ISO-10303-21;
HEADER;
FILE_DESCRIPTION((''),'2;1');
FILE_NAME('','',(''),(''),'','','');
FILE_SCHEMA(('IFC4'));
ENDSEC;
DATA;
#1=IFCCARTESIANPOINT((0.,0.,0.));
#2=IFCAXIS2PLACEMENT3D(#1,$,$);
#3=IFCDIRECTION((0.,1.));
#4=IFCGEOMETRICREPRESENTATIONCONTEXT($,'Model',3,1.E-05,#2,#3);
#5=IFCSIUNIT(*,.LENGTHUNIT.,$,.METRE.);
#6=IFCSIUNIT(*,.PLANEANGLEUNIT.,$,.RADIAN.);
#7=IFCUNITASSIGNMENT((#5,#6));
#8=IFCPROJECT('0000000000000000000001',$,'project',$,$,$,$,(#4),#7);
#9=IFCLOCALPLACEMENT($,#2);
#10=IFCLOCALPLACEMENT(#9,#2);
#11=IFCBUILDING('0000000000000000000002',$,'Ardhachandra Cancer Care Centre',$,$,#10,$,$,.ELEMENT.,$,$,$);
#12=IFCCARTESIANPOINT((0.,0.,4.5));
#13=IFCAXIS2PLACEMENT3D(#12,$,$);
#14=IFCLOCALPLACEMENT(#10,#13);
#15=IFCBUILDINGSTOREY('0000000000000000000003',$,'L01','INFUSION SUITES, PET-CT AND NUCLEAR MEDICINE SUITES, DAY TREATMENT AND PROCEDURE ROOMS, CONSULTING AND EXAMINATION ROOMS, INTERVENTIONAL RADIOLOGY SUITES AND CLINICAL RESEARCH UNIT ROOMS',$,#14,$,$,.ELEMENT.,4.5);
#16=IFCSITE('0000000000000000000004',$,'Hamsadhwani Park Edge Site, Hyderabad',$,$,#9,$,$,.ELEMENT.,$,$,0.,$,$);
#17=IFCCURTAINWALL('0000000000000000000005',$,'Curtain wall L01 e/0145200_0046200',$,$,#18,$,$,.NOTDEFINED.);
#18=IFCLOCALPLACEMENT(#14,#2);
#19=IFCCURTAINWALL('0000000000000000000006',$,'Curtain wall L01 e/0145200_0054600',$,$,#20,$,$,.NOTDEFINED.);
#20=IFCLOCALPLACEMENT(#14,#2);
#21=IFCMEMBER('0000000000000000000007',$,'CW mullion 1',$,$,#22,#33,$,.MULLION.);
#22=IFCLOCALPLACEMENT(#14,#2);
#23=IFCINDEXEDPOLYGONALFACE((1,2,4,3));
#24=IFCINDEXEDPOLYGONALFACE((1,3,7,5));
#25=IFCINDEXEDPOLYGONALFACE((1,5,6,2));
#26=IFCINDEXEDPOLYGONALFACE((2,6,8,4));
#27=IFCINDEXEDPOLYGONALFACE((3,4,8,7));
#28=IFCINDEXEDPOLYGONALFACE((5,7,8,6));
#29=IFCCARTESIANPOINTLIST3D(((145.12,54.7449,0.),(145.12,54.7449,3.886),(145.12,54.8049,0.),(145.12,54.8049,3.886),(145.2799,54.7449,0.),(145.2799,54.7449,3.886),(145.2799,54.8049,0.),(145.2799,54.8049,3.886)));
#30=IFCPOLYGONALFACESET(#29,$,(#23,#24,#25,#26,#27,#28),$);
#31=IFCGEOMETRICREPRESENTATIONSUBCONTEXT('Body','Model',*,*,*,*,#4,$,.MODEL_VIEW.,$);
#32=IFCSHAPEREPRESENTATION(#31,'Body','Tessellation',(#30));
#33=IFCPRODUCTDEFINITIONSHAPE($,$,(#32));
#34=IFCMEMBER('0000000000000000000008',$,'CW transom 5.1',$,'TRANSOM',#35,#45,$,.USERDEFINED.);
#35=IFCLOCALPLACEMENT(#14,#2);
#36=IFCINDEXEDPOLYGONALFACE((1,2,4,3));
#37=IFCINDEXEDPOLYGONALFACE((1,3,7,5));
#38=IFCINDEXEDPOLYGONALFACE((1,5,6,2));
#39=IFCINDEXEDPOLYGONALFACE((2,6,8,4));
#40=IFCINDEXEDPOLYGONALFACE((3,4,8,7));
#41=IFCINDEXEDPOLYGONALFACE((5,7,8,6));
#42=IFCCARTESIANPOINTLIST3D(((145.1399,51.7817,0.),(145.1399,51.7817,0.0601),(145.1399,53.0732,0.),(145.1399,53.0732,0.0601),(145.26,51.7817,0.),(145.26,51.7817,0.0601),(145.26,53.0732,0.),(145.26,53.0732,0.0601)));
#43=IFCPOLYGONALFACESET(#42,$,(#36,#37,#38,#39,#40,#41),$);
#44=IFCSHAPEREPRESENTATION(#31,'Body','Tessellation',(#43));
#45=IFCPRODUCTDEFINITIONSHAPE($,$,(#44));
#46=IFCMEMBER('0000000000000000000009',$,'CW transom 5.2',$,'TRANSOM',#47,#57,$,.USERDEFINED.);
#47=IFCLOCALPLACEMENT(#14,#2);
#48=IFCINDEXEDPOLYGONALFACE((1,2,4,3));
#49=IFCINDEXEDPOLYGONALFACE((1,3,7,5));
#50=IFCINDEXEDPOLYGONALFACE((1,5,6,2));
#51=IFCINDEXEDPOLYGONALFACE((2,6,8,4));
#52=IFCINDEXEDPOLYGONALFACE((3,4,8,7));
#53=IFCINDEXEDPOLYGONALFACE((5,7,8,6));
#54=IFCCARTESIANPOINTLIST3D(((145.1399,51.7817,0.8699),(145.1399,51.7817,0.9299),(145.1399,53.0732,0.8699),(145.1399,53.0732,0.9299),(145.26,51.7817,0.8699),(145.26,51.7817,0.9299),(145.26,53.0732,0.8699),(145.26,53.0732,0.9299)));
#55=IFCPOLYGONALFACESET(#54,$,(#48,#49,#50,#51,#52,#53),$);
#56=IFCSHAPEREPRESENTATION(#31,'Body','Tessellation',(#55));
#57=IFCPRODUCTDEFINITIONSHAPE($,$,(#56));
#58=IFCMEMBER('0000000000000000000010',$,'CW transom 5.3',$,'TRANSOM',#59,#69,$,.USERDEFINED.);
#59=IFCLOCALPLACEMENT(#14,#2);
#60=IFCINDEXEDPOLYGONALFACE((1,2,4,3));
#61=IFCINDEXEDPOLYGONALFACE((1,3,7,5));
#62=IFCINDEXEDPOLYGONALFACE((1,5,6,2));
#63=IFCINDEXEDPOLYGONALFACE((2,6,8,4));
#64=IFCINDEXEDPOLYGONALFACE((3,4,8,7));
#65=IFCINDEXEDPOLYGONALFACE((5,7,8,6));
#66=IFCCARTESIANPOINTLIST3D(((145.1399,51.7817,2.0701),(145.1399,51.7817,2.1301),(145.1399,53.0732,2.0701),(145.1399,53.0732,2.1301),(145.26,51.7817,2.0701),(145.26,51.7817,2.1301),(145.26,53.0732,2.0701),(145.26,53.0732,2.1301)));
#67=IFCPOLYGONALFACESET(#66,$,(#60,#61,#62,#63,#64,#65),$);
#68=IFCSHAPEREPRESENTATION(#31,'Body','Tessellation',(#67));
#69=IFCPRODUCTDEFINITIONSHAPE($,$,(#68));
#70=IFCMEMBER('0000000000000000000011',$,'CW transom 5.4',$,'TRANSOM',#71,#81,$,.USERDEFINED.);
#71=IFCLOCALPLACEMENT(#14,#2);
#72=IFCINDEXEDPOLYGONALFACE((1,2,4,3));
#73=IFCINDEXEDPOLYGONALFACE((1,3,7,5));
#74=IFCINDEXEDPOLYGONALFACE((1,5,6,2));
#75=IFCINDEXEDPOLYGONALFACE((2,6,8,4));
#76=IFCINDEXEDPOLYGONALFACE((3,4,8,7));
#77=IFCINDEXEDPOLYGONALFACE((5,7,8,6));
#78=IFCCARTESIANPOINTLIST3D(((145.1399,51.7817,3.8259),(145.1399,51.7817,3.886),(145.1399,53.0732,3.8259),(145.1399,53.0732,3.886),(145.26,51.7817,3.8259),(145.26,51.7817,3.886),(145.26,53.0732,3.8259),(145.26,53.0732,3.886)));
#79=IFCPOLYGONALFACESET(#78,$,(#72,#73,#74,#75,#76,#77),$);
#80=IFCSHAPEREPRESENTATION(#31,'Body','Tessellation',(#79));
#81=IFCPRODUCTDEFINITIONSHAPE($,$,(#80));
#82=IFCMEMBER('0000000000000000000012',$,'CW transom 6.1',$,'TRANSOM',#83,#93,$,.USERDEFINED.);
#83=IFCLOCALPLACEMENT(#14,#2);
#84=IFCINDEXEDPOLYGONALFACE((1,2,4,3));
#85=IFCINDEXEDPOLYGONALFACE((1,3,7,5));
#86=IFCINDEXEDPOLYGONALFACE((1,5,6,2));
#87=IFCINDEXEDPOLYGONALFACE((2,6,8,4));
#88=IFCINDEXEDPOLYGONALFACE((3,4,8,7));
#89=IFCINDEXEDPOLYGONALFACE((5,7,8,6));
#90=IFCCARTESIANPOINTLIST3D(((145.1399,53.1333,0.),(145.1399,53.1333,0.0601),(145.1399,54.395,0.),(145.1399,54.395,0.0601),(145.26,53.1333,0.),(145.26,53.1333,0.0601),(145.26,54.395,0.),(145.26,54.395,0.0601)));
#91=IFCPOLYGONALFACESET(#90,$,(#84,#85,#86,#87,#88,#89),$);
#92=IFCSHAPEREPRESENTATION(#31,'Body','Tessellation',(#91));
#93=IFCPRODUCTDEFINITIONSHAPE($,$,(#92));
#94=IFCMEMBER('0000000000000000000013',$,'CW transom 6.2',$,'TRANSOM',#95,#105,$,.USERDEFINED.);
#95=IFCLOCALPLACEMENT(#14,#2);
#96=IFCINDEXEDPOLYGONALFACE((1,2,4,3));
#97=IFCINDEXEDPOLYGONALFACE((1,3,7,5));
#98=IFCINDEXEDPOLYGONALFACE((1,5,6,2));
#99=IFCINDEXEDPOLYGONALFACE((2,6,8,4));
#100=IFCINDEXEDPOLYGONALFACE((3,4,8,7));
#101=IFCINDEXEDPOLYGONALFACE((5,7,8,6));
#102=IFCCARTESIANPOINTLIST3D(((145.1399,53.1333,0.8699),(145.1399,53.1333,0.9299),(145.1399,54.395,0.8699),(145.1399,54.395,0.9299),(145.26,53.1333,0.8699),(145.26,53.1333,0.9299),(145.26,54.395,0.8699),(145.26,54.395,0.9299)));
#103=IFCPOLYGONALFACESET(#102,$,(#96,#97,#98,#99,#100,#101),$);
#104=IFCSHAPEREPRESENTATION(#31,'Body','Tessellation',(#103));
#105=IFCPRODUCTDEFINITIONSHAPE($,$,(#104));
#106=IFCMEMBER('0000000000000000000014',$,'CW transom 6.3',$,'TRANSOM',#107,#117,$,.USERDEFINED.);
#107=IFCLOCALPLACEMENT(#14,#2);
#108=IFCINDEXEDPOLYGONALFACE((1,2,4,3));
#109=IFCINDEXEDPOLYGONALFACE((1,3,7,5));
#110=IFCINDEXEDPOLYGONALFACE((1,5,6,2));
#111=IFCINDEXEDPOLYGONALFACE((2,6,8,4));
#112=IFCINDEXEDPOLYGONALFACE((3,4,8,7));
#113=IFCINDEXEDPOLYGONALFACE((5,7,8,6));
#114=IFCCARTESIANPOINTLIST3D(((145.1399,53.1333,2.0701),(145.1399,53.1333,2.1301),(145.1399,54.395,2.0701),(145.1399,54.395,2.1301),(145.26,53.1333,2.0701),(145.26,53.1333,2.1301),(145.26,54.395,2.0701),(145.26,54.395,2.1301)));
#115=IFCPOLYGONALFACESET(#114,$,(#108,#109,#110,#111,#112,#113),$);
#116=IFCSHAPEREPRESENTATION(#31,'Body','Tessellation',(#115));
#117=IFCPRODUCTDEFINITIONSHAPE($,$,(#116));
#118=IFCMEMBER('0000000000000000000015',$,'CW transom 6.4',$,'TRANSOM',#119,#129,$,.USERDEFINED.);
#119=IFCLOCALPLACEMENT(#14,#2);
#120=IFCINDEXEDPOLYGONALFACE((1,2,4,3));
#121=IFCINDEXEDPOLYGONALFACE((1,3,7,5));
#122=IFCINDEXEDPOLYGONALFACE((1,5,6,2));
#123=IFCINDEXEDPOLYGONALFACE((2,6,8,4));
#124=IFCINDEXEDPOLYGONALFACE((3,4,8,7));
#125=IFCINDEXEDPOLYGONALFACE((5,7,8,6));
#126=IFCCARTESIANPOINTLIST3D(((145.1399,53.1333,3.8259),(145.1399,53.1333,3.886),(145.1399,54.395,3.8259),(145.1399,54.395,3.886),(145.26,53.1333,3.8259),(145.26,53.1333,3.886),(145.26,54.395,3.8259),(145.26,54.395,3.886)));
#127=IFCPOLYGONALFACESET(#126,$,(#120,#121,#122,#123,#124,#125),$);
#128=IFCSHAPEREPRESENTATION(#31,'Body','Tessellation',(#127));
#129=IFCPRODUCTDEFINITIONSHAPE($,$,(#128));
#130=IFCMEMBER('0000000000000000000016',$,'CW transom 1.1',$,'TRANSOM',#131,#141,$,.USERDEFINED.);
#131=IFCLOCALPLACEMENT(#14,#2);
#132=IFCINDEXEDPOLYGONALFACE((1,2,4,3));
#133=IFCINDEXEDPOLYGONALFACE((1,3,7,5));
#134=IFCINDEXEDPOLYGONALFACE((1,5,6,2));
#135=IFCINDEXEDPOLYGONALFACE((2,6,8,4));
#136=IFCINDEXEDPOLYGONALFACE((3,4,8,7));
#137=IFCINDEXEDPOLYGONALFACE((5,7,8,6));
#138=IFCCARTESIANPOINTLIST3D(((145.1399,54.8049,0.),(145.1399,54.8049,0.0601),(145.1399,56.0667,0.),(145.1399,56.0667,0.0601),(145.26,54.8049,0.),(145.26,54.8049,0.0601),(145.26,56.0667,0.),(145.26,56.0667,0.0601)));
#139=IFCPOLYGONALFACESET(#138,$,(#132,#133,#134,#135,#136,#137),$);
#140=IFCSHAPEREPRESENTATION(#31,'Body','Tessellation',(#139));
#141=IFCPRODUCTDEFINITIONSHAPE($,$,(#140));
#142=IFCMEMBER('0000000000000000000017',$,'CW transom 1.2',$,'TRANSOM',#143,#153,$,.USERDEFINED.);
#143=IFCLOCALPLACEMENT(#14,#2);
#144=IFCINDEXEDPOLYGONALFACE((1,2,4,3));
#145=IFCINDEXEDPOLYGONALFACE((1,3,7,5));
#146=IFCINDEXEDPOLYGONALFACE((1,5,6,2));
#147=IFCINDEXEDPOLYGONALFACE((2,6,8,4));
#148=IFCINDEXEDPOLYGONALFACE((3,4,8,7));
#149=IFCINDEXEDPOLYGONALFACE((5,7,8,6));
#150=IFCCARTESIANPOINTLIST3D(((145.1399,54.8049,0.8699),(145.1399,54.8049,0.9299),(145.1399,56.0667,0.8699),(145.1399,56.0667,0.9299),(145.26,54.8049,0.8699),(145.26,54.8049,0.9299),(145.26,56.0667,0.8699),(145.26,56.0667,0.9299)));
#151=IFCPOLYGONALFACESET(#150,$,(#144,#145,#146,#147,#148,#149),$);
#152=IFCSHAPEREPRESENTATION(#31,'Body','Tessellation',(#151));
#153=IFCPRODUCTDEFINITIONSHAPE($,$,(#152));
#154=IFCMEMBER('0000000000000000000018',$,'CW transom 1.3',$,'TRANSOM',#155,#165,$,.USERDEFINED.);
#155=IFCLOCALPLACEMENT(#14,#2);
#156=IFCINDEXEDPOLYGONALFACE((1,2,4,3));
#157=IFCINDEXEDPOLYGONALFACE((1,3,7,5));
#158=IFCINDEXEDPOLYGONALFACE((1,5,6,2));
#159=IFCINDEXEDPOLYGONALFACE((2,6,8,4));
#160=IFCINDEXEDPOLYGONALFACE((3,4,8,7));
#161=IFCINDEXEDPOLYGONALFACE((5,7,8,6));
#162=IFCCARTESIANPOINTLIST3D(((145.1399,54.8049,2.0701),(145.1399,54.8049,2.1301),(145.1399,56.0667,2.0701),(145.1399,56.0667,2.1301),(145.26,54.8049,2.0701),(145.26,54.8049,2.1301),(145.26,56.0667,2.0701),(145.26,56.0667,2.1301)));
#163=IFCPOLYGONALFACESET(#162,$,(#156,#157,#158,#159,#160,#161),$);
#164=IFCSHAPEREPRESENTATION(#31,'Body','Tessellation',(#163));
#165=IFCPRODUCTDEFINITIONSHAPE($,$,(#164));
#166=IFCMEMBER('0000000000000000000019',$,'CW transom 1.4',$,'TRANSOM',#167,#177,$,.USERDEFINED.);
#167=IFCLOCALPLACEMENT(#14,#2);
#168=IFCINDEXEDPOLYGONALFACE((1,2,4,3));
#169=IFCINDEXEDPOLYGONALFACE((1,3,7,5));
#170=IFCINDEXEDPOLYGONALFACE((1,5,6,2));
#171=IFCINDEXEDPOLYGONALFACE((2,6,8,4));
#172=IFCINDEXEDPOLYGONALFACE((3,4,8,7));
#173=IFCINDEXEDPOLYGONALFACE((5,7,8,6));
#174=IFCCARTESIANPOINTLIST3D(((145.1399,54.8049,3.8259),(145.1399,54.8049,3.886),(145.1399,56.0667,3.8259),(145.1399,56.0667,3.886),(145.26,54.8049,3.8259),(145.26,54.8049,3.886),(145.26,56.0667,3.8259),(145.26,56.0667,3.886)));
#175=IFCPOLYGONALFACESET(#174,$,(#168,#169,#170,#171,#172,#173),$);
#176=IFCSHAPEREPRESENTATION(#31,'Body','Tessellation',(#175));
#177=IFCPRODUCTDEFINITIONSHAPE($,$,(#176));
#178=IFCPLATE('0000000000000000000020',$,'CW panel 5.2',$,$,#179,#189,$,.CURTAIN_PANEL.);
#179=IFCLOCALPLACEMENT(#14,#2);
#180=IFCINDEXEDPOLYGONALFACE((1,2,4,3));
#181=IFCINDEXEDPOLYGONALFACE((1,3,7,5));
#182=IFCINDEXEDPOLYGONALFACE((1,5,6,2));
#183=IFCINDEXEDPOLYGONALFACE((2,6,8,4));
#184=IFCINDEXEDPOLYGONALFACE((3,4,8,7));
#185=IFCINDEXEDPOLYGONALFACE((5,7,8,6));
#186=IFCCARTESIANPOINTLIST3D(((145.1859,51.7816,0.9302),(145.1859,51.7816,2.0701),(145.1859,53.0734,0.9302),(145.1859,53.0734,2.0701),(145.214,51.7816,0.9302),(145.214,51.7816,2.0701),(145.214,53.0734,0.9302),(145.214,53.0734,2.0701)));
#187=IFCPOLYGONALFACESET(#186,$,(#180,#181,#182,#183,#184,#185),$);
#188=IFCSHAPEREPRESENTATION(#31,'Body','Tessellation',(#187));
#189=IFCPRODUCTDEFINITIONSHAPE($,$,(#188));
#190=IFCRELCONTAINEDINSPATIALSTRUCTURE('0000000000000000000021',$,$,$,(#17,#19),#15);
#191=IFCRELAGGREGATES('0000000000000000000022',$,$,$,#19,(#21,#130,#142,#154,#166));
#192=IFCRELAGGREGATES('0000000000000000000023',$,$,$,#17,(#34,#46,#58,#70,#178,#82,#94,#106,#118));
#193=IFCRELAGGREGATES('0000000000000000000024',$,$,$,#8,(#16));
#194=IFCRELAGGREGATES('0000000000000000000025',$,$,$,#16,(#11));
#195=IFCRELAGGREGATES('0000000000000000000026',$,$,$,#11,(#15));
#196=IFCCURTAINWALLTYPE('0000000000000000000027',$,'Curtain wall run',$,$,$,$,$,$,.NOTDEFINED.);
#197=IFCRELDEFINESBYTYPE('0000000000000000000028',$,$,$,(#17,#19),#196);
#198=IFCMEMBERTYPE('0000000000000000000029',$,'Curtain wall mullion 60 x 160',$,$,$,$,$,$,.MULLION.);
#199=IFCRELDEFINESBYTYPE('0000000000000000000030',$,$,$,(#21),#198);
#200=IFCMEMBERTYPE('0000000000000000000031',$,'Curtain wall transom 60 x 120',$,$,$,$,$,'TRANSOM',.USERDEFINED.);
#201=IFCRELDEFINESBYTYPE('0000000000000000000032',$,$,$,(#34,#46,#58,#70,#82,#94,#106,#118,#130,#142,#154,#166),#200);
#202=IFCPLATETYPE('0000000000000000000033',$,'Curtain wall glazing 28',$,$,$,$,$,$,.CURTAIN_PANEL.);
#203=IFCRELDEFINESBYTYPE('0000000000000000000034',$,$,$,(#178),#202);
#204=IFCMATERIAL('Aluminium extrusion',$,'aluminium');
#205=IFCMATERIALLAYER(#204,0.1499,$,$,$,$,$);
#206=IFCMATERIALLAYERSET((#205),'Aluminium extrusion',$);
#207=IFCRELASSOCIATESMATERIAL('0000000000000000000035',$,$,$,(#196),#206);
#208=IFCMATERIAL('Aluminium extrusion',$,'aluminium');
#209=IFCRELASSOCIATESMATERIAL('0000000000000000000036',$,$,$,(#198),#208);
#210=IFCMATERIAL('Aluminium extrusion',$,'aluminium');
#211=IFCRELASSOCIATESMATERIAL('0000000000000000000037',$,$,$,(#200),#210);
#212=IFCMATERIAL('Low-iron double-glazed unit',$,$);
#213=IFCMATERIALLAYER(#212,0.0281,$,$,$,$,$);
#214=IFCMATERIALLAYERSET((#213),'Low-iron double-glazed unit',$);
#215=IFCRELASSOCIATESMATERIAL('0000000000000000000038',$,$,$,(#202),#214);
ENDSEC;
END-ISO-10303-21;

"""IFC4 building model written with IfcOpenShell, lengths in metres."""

from ifc_helpers import new_model, si_unit, direction, frame, origin, origin_2d, place, context, subcontext, project, spatial, rectangle, extrude, material, layer, layer_set, material_profile, profile_set, type_object, element, aggregate, save


model = new_model("IFC4")

# Units and contexts
model_context = context("Model", 3, precision=1e-05, world=origin(), true_north=direction((0.0, 1.0)))
body_context = subcontext(model_context, "Body", "Model", "MODEL_VIEW")
ifc_project = project(units=[si_unit("LENGTHUNIT", "METRE"), si_unit("PLANEANGLEUNIT", "RADIAN")], contexts=[model_context])

# Site, building, storey
site_placement = place(None, origin())
site = spatial("IfcSite", under=ifc_project, at=site_placement, Name="Hamsadhwani Park Edge Site, Hyderabad", CompositionType="ELEMENT", RefElevation=0.0)
building_placement = place(site_placement, origin())
building = spatial("IfcBuilding", under=site, at=building_placement, Name="Ardhachandra Cancer Care Centre", CompositionType="ELEMENT")
storey_placement = place(building_placement, frame((0.0, 0.0, 4.5)))
storey = spatial("IfcBuildingStorey", under=building, at=storey_placement, Name="L01", Description="INFUSION SUITES, PET-CT AND NUCLEAR MEDICINE SUITES, DAY TREATMENT AND PROCEDURE ROOMS, CONSULTING AND EXAMINATION ROOMS, INTERVENTIONAL RADIOLOGY SUITES AND CLINICAL RESEARCH UNIT ROOMS", CompositionType="ELEMENT", Elevation=4.5)

# Curtain wall
ifc_material_1 = material(Name="Aluminium extrusion", Category="aluminium")
ifc_layer_1 = layer(ifc_material_1, 0.1499)
ifc_layer_set_1 = layer_set([ifc_layer_1], Name="Aluminium extrusion")
curtain_wall_type = type_object("IfcCurtainWallType", Name="Curtain wall run", PredefinedType="NOTDEFINED", material=ifc_layer_set_1)
curtain_wall_1_placement = place(storey_placement, origin())
curtain_wall_1 = element("IfcCurtainWall", 1, at=curtain_wall_1_placement, inside=storey, type_object=curtain_wall_type, Name="Curtain wall L01 e/0145200_0046200", PredefinedType="NOTDEFINED")
ifc_material_2 = material(Name="Aluminium extrusion", Category="aluminium")
ifc_material_profile_1 = material_profile(ifc_material_2, rectangle(XDim=0.1599, YDim=0.0601, at=origin_2d()), Name="Curtain wall mullion 60 x 160")
ifc_profile_set_1 = profile_set([ifc_material_profile_1], Name="Aluminium extrusion")
member_type_1 = type_object("IfcMemberType", Name="Curtain wall mullion 60 x 160", PredefinedType="MULLION", material=ifc_profile_set_1)

# Curtain wall, member
curtain_wall_2_placement = place(storey_placement, origin())
curtain_wall_2 = element("IfcCurtainWall", 2, at=curtain_wall_2_placement, inside=storey, type_object=curtain_wall_type, Name="Curtain wall L01 e/0145200_0054600", PredefinedType="NOTDEFINED")
member_1_placement = place(storey_placement, frame((145.2, 54.7749, 0.0), z_axis=(0.0, 0.0, 1.0), x_axis=(-1.0, 0.0, 0.0)))
member_1 = element("IfcMember", 3, at=member_1_placement, type_object=member_type_1, Name="CW mullion 1", PredefinedType="MULLION", context=body_context, shape_type="SweptSolid", body=[
    extrude(rectangle(XDim=0.1599, YDim=0.0601, at=origin_2d()), origin(), (0.0, 0.0, 1.0), 3.886),
])

# Members
ifc_material_3 = material(Name="Aluminium extrusion", Category="aluminium")
ifc_material_profile_2 = material_profile(ifc_material_3, rectangle(XDim=0.1201, YDim=0.0601, at=origin_2d()), Name="Curtain wall transom 60 x 120")
ifc_profile_set_2 = profile_set([ifc_material_profile_2], Name="Aluminium extrusion")
member_type_2 = type_object("IfcMemberType", Name="Curtain wall transom 60 x 120", ElementType="TRANSOM", PredefinedType="USERDEFINED", material=ifc_profile_set_2)
member_2_placement = place(storey_placement, frame((145.2, 51.7817, 0.03), z_axis=(0.0, 1.0, 0.0), x_axis=(-1.0, 0.0, 0.0)))
member_2 = element("IfcMember", 4, at=member_2_placement, type_object=member_type_2, Name="CW transom 5.1", ObjectType="TRANSOM", PredefinedType="USERDEFINED", context=body_context, shape_type="SweptSolid", body=[
    extrude(rectangle(XDim=0.1201, YDim=0.0601, at=origin_2d()), origin(), (0.0, 0.0, 1.0), 1.2915),
])
member_3_placement = place(storey_placement, frame((145.2, 51.7817, 0.8999), z_axis=(0.0, 1.0, 0.0), x_axis=(-1.0, 0.0, 0.0)))
member_3 = element("IfcMember", 5, at=member_3_placement, type_object=member_type_2, Name="CW transom 5.2", ObjectType="TRANSOM", PredefinedType="USERDEFINED", context=body_context, shape_type="SweptSolid", body=[
    extrude(rectangle(XDim=0.1201, YDim=0.0601, at=origin_2d()), origin(), (0.0, 0.0, 1.0), 1.2915),
])
member_4_placement = place(storey_placement, frame((145.2, 51.7817, 2.1001), z_axis=(0.0, 1.0, 0.0), x_axis=(-1.0, 0.0, 0.0)))
member_4 = element("IfcMember", 6, at=member_4_placement, type_object=member_type_2, Name="CW transom 5.3", ObjectType="TRANSOM", PredefinedType="USERDEFINED", context=body_context, shape_type="SweptSolid", body=[
    extrude(rectangle(XDim=0.1201, YDim=0.0601, at=origin_2d()), origin(), (0.0, 0.0, 1.0), 1.2915),
])
member_5_placement = place(storey_placement, frame((145.2, 51.7817, 3.856), z_axis=(0.0, 1.0, 0.0), x_axis=(-1.0, 0.0, 0.0)))
member_5 = element("IfcMember", 7, at=member_5_placement, type_object=member_type_2, Name="CW transom 5.4", ObjectType="TRANSOM", PredefinedType="USERDEFINED", context=body_context, shape_type="SweptSolid", body=[
    extrude(rectangle(XDim=0.1201, YDim=0.0601, at=origin_2d()), origin(), (0.0, 0.0, 1.0), 1.2915),
])
member_6_placement = place(storey_placement, frame((145.2, 53.1333, 0.03), z_axis=(0.0, 1.0, 0.0), x_axis=(-1.0, 0.0, 0.0)))
member_6 = element("IfcMember", 8, at=member_6_placement, type_object=member_type_2, Name="CW transom 6.1", ObjectType="TRANSOM", PredefinedType="USERDEFINED", context=body_context, shape_type="SweptSolid", body=[
    extrude(rectangle(XDim=0.1201, YDim=0.0601, at=origin_2d()), origin(), (0.0, 0.0, 1.0), 1.2617),
])
member_7_placement = place(storey_placement, frame((145.2, 53.1333, 0.8999), z_axis=(0.0, 1.0, 0.0), x_axis=(-1.0, 0.0, 0.0)))
member_7 = element("IfcMember", 9, at=member_7_placement, type_object=member_type_2, Name="CW transom 6.2", ObjectType="TRANSOM", PredefinedType="USERDEFINED", context=body_context, shape_type="SweptSolid", body=[
    extrude(rectangle(XDim=0.1201, YDim=0.0601, at=origin_2d()), origin(), (0.0, 0.0, 1.0), 1.2617),
])
member_8_placement = place(storey_placement, frame((145.2, 53.1333, 2.1001), z_axis=(0.0, 1.0, 0.0), x_axis=(-1.0, 0.0, 0.0)))
member_8 = element("IfcMember", 10, at=member_8_placement, type_object=member_type_2, Name="CW transom 6.3", ObjectType="TRANSOM", PredefinedType="USERDEFINED", context=body_context, shape_type="SweptSolid", body=[
    extrude(rectangle(XDim=0.1201, YDim=0.0601, at=origin_2d()), origin(), (0.0, 0.0, 1.0), 1.2617),
])
member_9_placement = place(storey_placement, frame((145.2, 53.1333, 3.856), z_axis=(0.0, 1.0, 0.0), x_axis=(-1.0, 0.0, 0.0)))
member_9 = element("IfcMember", 11, at=member_9_placement, type_object=member_type_2, Name="CW transom 6.4", ObjectType="TRANSOM", PredefinedType="USERDEFINED", context=body_context, shape_type="SweptSolid", body=[
    extrude(rectangle(XDim=0.1201, YDim=0.0601, at=origin_2d()), origin(), (0.0, 0.0, 1.0), 1.2617),
])
member_10_placement = place(storey_placement, frame((145.2, 54.8049, 0.03), z_axis=(0.0, 1.0, 0.0), x_axis=(-1.0, 0.0, 0.0)))
member_10 = element("IfcMember", 12, at=member_10_placement, type_object=member_type_2, Name="CW transom 1.1", ObjectType="TRANSOM", PredefinedType="USERDEFINED", context=body_context, shape_type="SweptSolid", body=[
    extrude(rectangle(XDim=0.1201, YDim=0.0601, at=origin_2d()), origin(), (0.0, 0.0, 1.0), 1.2617),
])
member_11_placement = place(storey_placement, frame((145.2, 54.8049, 0.8999), z_axis=(0.0, 1.0, 0.0), x_axis=(-1.0, 0.0, 0.0)))
member_11 = element("IfcMember", 13, at=member_11_placement, type_object=member_type_2, Name="CW transom 1.2", ObjectType="TRANSOM", PredefinedType="USERDEFINED", context=body_context, shape_type="SweptSolid", body=[
    extrude(rectangle(XDim=0.1201, YDim=0.0601, at=origin_2d()), origin(), (0.0, 0.0, 1.0), 1.2617),
])
member_12_placement = place(storey_placement, frame((145.2, 54.8049, 2.1001), z_axis=(0.0, 1.0, 0.0), x_axis=(-1.0, 0.0, 0.0)))
member_12 = element("IfcMember", 14, at=member_12_placement, type_object=member_type_2, Name="CW transom 1.3", ObjectType="TRANSOM", PredefinedType="USERDEFINED", context=body_context, shape_type="SweptSolid", body=[
    extrude(rectangle(XDim=0.1201, YDim=0.0601, at=origin_2d()), origin(), (0.0, 0.0, 1.0), 1.2617),
])
member_13_placement = place(storey_placement, frame((145.2, 54.8049, 3.856), z_axis=(0.0, 1.0, 0.0), x_axis=(-1.0, 0.0, 0.0)))
member_13 = element("IfcMember", 15, at=member_13_placement, type_object=member_type_2, Name="CW transom 1.4", ObjectType="TRANSOM", PredefinedType="USERDEFINED", context=body_context, shape_type="SweptSolid", body=[
    extrude(rectangle(XDim=0.1201, YDim=0.0601, at=origin_2d()), origin(), (0.0, 0.0, 1.0), 1.2617),
])
aggregate(curtain_wall_2, [member_1, member_10, member_11, member_12, member_13])

# Plate
ifc_material_4 = material(Name="Low-iron double-glazed unit")
ifc_layer_2 = layer(ifc_material_4, 0.0281)
ifc_layer_set_2 = layer_set([ifc_layer_2], Name="Low-iron double-glazed unit")
plate_type_1 = type_object("IfcPlateType", Name="Curtain wall glazing 28", PredefinedType="CURTAIN_PANEL", material=ifc_layer_set_2)
plate_1_placement = place(storey_placement, frame((145.2, 52.4275, 0.9302), z_axis=(0.0, 0.0, 1.0), x_axis=(0.0, 1.0, 0.0)))
plate_1 = element("IfcPlate", 16, at=plate_1_placement, type_object=plate_type_1, Name="CW panel 5.2", PredefinedType="CURTAIN_PANEL", context=body_context, shape_type="SweptSolid", body=[
    extrude(rectangle(XDim=1.2917, YDim=0.0281, at=origin_2d()), origin(), (0.0, 0.0, 1.0), 1.1399),
])
aggregate(curtain_wall_1, [member_2, member_3, member_4, member_5, plate_1, member_6, member_7, member_8, member_9])

save(model, "model.ifc")
